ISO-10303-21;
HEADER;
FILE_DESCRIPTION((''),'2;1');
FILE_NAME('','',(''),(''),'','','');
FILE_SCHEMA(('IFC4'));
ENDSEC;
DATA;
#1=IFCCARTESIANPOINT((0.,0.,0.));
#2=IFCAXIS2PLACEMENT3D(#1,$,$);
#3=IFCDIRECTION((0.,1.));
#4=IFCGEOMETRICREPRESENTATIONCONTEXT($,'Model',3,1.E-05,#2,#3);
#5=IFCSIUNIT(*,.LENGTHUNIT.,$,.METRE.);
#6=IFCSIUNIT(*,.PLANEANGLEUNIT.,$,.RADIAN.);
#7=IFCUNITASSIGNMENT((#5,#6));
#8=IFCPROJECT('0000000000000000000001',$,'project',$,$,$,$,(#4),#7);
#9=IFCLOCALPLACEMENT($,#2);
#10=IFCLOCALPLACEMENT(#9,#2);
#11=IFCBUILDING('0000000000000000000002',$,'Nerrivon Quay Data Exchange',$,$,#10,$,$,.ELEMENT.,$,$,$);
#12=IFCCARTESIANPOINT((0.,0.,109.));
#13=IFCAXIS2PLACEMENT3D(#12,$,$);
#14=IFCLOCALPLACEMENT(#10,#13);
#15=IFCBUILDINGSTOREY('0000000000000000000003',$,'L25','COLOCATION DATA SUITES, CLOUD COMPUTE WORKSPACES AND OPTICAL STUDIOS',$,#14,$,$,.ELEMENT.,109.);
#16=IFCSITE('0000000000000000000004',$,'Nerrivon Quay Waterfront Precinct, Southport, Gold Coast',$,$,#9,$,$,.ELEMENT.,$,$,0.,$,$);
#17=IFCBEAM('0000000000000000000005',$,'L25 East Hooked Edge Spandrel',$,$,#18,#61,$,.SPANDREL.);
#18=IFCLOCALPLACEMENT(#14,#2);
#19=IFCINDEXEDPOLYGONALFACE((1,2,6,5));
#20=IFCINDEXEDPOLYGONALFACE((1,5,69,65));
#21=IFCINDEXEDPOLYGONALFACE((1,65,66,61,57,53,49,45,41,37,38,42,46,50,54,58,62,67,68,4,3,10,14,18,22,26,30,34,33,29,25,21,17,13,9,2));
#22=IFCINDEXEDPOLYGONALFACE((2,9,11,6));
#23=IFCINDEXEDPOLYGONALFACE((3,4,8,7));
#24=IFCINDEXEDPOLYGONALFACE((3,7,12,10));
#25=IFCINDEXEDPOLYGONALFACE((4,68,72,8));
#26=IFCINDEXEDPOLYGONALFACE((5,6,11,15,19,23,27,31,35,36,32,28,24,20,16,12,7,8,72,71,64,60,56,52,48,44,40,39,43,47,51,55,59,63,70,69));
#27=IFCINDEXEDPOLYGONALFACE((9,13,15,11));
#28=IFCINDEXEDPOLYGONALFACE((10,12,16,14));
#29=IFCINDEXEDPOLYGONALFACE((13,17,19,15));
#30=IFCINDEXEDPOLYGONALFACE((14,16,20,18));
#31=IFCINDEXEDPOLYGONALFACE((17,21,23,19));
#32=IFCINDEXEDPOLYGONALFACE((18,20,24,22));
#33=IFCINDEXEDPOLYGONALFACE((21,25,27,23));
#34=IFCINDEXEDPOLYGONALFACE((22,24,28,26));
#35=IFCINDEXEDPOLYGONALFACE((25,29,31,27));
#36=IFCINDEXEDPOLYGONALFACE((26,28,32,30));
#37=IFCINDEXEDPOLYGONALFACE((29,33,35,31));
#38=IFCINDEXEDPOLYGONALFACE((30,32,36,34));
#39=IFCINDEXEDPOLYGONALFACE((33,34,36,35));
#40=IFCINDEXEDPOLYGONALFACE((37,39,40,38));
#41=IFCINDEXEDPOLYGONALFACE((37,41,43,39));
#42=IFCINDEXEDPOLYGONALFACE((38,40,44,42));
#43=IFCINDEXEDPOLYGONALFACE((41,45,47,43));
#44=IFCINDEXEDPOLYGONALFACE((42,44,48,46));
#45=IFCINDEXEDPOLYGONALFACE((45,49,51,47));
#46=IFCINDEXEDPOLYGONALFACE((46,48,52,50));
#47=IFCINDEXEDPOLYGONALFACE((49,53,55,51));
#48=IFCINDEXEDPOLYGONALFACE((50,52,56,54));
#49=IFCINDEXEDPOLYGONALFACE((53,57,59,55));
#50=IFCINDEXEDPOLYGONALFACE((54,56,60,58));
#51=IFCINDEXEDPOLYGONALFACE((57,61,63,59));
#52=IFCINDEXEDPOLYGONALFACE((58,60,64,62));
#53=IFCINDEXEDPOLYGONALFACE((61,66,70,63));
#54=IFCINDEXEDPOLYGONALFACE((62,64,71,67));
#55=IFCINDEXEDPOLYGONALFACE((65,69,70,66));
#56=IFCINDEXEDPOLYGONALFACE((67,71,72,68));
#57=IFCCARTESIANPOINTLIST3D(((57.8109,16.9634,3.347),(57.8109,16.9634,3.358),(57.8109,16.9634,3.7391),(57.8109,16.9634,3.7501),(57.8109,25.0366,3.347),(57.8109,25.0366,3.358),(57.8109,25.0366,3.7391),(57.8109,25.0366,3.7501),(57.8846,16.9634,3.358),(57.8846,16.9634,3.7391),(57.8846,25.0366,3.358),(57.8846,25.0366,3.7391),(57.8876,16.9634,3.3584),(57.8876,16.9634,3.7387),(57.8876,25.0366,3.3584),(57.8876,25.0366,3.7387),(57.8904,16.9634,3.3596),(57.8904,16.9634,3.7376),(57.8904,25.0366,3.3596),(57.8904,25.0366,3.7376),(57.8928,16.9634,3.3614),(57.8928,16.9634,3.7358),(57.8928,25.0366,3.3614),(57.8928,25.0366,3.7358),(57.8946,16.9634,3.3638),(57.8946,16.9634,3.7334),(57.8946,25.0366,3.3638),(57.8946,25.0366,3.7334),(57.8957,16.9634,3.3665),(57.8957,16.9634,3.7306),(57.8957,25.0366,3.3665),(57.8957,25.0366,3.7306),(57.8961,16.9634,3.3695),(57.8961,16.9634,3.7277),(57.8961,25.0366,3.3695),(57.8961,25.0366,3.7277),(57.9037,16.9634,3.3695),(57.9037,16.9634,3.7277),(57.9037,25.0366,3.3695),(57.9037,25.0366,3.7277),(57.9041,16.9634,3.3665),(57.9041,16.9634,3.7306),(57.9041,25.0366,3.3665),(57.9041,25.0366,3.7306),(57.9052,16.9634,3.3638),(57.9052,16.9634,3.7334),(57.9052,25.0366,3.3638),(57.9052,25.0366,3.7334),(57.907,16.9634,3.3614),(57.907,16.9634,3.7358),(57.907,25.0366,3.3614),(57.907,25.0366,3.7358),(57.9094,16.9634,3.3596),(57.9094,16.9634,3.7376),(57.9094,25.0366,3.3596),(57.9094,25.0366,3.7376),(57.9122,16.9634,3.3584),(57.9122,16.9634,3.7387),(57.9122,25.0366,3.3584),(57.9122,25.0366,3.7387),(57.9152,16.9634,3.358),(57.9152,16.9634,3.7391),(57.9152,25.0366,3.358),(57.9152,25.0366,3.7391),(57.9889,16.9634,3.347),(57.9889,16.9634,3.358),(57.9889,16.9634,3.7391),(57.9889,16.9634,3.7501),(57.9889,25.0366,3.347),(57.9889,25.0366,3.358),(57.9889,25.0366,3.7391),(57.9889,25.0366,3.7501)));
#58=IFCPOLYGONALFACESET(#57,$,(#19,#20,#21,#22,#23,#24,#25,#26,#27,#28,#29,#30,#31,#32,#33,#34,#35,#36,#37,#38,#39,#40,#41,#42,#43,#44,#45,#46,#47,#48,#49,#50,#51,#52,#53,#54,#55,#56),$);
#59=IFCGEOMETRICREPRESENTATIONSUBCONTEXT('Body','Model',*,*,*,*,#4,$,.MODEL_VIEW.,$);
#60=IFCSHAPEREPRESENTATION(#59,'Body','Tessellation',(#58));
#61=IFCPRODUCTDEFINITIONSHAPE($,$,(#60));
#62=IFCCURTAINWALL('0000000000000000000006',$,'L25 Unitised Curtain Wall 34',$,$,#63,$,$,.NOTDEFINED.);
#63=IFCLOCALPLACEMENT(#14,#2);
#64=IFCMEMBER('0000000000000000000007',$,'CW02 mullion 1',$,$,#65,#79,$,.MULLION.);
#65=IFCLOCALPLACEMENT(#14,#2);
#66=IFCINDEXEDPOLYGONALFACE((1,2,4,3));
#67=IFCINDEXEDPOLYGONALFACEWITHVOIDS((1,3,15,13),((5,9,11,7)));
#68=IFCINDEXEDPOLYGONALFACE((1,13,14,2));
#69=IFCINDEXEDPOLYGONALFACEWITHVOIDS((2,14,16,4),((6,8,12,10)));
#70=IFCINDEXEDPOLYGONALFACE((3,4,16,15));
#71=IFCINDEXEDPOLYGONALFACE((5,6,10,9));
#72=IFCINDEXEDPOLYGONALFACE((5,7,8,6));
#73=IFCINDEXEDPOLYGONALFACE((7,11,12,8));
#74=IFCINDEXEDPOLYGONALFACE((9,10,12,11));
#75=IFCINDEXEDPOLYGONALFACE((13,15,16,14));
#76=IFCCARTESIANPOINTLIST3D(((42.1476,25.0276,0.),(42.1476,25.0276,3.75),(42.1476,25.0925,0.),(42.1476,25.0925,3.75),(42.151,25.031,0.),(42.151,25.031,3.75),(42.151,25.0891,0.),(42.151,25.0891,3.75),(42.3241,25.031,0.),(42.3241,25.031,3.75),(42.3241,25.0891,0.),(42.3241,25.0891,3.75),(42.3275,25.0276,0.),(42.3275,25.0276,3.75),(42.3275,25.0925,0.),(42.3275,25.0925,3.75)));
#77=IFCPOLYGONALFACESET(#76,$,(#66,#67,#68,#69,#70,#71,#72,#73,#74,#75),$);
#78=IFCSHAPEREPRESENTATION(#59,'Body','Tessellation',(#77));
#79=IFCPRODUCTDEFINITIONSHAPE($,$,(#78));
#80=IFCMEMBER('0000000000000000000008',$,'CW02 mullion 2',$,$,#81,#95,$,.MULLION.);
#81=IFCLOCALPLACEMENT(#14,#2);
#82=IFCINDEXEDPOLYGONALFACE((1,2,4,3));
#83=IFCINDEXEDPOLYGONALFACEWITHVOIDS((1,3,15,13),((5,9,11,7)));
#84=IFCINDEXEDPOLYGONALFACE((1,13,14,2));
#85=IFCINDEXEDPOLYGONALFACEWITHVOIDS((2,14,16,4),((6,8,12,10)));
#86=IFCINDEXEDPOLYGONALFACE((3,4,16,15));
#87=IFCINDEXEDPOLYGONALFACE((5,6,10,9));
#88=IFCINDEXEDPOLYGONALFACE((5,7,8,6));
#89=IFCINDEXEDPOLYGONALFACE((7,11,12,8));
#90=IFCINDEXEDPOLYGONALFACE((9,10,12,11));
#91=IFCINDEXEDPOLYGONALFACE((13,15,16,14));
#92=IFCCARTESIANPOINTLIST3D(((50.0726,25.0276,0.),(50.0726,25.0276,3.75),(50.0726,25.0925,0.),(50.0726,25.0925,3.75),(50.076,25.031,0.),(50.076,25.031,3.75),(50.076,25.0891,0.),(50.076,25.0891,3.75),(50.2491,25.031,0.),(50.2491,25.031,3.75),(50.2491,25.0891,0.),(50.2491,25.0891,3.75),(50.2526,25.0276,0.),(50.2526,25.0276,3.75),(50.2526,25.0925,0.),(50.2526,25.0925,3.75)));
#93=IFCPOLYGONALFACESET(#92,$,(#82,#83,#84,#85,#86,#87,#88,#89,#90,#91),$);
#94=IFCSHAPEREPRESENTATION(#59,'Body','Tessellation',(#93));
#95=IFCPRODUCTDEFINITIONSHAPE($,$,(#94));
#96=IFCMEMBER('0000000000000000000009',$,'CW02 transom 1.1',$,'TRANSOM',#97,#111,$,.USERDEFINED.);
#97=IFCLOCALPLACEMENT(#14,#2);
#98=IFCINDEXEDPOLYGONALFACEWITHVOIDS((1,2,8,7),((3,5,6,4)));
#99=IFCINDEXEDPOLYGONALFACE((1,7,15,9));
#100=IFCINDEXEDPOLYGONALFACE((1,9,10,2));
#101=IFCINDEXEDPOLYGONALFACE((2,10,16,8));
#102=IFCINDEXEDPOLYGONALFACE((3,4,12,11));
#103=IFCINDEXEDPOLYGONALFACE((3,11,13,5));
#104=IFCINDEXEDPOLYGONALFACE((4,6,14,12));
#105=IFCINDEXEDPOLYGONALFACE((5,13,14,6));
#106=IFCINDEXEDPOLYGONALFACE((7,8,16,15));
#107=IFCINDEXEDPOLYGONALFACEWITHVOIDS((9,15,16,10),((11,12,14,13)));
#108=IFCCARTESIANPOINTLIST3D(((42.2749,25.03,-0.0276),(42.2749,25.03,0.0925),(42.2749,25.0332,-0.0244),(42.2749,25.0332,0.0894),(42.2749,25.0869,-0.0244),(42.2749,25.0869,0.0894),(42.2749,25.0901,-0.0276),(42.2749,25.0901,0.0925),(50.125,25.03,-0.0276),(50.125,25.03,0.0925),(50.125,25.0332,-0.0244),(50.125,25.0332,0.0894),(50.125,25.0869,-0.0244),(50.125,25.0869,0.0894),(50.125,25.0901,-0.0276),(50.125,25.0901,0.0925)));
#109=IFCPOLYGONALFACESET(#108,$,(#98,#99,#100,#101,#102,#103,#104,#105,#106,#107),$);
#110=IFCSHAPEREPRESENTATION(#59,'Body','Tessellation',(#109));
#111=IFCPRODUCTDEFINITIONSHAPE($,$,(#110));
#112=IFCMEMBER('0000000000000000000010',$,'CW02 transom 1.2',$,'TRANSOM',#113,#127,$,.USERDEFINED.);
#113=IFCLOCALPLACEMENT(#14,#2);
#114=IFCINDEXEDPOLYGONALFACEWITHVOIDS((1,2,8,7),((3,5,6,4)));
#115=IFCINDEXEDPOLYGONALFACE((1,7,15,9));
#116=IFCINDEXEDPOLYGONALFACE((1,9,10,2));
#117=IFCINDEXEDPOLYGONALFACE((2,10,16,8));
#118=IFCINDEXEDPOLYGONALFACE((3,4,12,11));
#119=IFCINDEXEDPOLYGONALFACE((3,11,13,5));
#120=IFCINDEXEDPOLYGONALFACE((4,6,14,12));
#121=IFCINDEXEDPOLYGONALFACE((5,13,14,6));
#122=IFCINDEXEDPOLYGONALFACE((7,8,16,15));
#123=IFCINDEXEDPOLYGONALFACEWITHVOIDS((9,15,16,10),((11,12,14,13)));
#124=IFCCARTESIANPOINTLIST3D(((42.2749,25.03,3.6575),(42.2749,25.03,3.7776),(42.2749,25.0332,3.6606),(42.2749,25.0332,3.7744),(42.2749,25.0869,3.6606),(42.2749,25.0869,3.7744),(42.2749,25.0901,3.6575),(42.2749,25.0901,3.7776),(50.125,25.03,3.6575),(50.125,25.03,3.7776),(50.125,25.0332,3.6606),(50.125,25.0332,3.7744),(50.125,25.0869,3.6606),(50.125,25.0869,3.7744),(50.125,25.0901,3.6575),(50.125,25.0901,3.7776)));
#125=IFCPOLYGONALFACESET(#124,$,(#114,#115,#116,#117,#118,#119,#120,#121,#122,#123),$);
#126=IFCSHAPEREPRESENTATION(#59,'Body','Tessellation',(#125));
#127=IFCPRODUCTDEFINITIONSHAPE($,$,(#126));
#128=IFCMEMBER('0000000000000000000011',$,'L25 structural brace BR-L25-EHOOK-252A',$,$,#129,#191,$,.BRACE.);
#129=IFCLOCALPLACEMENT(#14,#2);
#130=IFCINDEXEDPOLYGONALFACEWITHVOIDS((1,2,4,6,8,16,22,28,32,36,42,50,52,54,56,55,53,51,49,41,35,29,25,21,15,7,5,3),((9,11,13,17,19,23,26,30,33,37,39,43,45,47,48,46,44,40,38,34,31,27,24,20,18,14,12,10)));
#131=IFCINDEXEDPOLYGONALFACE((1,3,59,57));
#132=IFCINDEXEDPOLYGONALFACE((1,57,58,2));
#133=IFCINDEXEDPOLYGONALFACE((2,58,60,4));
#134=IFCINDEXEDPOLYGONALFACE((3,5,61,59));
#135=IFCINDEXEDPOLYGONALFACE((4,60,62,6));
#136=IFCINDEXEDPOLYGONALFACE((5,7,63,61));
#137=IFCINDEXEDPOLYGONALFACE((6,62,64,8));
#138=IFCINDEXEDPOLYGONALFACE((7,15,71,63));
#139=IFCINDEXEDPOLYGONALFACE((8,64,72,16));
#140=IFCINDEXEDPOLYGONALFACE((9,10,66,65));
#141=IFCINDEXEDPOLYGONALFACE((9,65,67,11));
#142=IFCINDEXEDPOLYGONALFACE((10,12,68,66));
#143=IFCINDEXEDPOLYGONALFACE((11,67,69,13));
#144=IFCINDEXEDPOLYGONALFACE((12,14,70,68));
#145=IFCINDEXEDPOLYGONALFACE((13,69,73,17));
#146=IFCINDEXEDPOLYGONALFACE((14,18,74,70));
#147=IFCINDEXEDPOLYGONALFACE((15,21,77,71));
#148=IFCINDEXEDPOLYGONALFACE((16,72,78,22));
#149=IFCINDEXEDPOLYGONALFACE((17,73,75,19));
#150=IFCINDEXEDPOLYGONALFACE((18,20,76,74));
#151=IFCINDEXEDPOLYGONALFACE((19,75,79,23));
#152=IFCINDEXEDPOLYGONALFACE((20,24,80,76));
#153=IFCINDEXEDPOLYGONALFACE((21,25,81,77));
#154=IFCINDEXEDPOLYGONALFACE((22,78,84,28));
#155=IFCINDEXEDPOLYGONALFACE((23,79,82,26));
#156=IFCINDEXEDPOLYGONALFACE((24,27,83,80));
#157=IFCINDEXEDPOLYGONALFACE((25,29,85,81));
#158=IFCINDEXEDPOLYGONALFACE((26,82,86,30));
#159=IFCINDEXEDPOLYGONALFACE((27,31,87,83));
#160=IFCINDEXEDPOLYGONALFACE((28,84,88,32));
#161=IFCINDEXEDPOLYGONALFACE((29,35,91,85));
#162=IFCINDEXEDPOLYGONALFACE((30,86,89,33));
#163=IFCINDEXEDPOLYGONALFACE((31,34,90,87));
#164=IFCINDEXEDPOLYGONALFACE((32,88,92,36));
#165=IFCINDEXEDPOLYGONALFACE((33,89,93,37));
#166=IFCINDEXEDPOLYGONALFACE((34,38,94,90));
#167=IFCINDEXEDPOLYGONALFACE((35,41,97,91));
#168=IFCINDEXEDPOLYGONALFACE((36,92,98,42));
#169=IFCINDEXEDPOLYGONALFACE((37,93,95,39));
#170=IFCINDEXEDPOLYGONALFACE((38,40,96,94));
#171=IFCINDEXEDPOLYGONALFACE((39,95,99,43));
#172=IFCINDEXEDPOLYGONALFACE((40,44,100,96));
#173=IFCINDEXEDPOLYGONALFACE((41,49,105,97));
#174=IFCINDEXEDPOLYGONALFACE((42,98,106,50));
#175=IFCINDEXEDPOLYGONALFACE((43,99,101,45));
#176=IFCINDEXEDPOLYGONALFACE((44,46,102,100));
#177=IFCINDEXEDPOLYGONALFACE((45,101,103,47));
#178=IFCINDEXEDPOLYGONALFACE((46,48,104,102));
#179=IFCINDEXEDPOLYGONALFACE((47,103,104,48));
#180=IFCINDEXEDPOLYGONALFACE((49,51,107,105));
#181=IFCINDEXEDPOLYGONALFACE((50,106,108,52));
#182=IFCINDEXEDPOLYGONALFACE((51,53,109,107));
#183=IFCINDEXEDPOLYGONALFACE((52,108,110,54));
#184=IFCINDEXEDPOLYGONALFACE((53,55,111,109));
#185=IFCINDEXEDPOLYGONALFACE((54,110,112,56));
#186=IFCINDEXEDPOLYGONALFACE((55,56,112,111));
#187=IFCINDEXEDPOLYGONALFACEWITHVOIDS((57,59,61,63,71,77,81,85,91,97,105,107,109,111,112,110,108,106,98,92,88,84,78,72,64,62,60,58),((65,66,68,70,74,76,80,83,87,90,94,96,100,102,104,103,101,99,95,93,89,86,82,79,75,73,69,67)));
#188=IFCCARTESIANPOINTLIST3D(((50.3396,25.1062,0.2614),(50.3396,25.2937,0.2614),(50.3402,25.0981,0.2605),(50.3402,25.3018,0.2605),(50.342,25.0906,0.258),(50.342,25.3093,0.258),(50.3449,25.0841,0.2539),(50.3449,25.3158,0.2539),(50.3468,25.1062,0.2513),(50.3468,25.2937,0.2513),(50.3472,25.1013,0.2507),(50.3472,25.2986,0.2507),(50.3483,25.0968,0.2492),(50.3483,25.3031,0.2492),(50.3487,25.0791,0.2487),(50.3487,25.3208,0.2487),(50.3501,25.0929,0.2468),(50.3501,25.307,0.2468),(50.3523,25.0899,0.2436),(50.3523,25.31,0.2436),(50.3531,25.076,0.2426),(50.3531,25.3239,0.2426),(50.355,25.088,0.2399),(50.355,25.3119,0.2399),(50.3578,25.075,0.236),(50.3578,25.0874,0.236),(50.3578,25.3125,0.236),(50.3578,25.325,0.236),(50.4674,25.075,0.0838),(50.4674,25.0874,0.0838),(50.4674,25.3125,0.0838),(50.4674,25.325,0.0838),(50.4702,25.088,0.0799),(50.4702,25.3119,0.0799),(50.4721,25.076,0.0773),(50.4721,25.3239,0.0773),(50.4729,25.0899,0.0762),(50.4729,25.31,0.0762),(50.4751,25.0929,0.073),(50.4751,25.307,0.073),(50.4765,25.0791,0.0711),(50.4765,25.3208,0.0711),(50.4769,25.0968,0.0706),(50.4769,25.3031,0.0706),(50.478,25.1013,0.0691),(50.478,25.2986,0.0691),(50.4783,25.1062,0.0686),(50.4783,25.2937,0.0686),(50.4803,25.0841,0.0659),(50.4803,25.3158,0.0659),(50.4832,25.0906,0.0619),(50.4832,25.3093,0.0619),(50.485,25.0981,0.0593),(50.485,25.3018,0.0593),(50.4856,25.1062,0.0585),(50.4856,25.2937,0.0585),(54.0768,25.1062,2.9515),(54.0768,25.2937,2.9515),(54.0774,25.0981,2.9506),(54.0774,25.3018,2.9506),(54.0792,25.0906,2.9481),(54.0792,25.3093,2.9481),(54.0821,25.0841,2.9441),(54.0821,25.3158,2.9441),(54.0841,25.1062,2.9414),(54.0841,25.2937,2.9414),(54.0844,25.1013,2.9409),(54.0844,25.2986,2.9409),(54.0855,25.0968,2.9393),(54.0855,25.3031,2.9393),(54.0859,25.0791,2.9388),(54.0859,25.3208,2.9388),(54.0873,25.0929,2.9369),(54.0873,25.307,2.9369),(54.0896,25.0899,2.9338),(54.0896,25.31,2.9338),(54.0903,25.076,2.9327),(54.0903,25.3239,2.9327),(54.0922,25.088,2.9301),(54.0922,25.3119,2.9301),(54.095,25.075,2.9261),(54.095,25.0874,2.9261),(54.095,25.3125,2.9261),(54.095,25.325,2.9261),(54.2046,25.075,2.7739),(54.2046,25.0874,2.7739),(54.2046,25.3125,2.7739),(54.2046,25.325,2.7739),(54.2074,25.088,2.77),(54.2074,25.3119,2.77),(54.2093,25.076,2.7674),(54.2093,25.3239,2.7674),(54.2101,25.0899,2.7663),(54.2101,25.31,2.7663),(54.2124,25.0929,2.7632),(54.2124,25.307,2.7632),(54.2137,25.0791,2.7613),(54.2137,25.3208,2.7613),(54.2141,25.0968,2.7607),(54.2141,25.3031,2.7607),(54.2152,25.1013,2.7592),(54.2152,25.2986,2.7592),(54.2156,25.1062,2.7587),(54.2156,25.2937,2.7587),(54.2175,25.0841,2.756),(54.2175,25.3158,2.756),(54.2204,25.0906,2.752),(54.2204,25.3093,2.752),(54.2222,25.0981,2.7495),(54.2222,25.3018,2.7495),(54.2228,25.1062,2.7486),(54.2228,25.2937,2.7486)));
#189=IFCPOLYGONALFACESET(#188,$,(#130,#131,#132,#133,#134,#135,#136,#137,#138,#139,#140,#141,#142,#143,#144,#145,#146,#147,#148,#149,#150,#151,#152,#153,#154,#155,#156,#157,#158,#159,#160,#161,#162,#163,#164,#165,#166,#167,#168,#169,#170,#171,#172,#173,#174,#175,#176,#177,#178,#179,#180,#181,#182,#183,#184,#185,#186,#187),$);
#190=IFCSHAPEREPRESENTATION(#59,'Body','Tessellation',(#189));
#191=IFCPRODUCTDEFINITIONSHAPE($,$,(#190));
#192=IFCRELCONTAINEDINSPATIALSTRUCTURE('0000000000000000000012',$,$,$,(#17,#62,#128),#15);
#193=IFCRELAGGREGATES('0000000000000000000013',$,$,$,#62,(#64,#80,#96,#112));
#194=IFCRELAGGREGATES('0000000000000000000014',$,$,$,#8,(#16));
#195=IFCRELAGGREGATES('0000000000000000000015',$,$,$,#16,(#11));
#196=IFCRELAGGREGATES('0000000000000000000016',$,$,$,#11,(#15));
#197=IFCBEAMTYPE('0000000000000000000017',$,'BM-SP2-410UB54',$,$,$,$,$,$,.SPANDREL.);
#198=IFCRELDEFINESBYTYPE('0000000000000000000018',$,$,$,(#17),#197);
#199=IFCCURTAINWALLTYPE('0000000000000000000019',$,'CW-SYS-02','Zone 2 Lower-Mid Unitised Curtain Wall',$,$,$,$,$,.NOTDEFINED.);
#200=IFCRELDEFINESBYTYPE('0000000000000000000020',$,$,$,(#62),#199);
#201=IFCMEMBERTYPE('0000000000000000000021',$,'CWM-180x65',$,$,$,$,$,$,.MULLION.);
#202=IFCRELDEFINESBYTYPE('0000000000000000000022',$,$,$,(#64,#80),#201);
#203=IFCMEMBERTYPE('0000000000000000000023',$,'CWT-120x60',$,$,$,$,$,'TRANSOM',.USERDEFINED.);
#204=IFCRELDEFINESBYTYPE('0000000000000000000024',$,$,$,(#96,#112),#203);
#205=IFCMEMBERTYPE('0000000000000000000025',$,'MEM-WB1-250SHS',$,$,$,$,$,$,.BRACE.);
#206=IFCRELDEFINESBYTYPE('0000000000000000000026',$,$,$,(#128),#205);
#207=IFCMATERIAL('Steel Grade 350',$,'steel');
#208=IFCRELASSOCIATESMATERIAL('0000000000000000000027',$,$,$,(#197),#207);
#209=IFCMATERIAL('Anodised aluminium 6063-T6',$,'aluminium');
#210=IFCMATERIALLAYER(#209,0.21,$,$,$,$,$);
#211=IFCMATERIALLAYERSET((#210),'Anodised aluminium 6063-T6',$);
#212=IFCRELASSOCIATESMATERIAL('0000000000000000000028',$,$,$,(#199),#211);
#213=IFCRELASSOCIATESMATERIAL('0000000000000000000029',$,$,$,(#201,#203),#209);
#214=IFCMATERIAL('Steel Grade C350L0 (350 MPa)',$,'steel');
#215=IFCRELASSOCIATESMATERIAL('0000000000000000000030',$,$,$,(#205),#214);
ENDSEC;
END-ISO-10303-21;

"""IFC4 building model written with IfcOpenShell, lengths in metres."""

from ifc_helpers import new_model, si_unit, direction, frame, origin, origin_2d, place, context, subcontext, project, spatial, hollow_rectangle, i_section, extrude, material, layer, layer_set, material_profile, profile_set, type_object, element, aggregate, save


model = new_model("IFC4")

# Units and contexts
model_context = context("Model", 3, precision=1e-05, world=origin(), true_north=direction((0.0, 1.0)))
body_context = subcontext(model_context, "Body", "Model", "MODEL_VIEW")
ifc_project = project(units=[si_unit("LENGTHUNIT", "METRE"), si_unit("PLANEANGLEUNIT", "RADIAN")], contexts=[model_context])

# Site, building, storey
site_placement = place(None, origin())
site = spatial("IfcSite", under=ifc_project, at=site_placement, Name="Nerrivon Quay Waterfront Precinct, Southport, Gold Coast", CompositionType="ELEMENT", RefElevation=0.0)
building_placement = place(site_placement, origin())
building = spatial("IfcBuilding", under=site, at=building_placement, Name="Nerrivon Quay Data Exchange", CompositionType="ELEMENT")
storey_placement = place(building_placement, frame((0.0, 0.0, 109.0)))
storey = spatial("IfcBuildingStorey", under=building, at=storey_placement, Name="L25", Description="COLOCATION DATA SUITES, CLOUD COMPUTE WORKSPACES AND OPTICAL STUDIOS", CompositionType="ELEMENT", Elevation=109.0)

# Shared definitions
ifc_material_1 = material(Name="Steel Grade 350", Category="steel")

# Beam
ifc_material_profile_1 = material_profile(ifc_material_1, i_section(OverallWidth=0.178, OverallDepth=0.4031, WebThickness=0.0076, FlangeThickness=0.011, FilletRadius=0.0115, at=origin_2d()), Name="410UB53.7")
ifc_profile_set_1 = profile_set([ifc_material_profile_1], Name="Steel Grade 350")
beam_type_1 = type_object("IfcBeamType", Name="BM-SP2-410UB54", PredefinedType="SPANDREL", material=ifc_profile_set_1)
beam_1_placement = place(storey_placement, frame((57.8999, 16.9634, 3.5486), z_axis=(0.0, 1.0, 0.0), x_axis=(-1.0, 0.0, 0.0)))
element("IfcBeam", 1, at=beam_1_placement, inside=storey, type_object=beam_type_1, Name="L25 East Hooked Edge Spandrel", PredefinedType="SPANDREL", context=body_context, shape_type="SweptSolid", body=[
    extrude(i_section(OverallWidth=0.178, OverallDepth=0.4031, WebThickness=0.0076, FlangeThickness=0.011, FilletRadius=0.0115, at=origin_2d()), origin(), (0.0, 0.0, 1.0), 8.0732),
])

# Curtain wall, members
ifc_material_2 = material(Name="Anodised aluminium 6063-T6", Category="aluminium")
ifc_layer_1 = layer(ifc_material_2, 0.21)
ifc_layer_set_1 = layer_set([ifc_layer_1], Name="Anodised aluminium 6063-T6")
curtain_wall_type = type_object("IfcCurtainWallType", Name="CW-SYS-02", Description="Zone 2 Lower-Mid Unitised Curtain Wall", PredefinedType="NOTDEFINED", material=ifc_layer_set_1)
curtain_wall_placement = place(storey_placement, origin())
curtain_wall = element("IfcCurtainWall", 2, at=curtain_wall_placement, inside=storey, type_object=curtain_wall_type, Name="L25 Unitised Curtain Wall 34", PredefinedType="NOTDEFINED")
ifc_material_profile_2 = material_profile(ifc_material_2, hollow_rectangle(XDim=0.0649, YDim=0.1799, WallThickness=0.0034, at=origin_2d()), Name="ALU-MULL-180x65")
ifc_profile_set_2 = profile_set([ifc_material_profile_2], Name="Anodised aluminium 6063-T6")
member_type_1 = type_object("IfcMemberType", Name="CWM-180x65", PredefinedType="MULLION", material=ifc_profile_set_2)
member_1_placement = place(storey_placement, frame((42.2375, 25.0601, 0.0), z_axis=(0.0, 0.0, 1.0), x_axis=(0.0, 1.0, 0.0)))
member_1 = element("IfcMember", 3, at=member_1_placement, type_object=member_type_1, Name="CW02 mullion 1", PredefinedType="MULLION", context=body_context, shape_type="SweptSolid", body=[
    extrude(hollow_rectangle(XDim=0.0649, YDim=0.1799, WallThickness=0.0034, at=origin_2d()), origin(), (0.0, 0.0, 1.0), 3.75),
])
member_2_placement = place(storey_placement, frame((50.1626, 25.0601, 0.0), z_axis=(0.0, 0.0, 1.0), x_axis=(0.0, 1.0, 0.0)))
member_2 = element("IfcMember", 4, at=member_2_placement, type_object=member_type_1, Name="CW02 mullion 2", PredefinedType="MULLION", context=body_context, shape_type="SweptSolid", body=[
    extrude(hollow_rectangle(XDim=0.0649, YDim=0.1799, WallThickness=0.0034, at=origin_2d()), origin(), (0.0, 0.0, 1.0), 3.75),
])
ifc_material_profile_3 = material_profile(ifc_material_2, hollow_rectangle(XDim=0.0601, YDim=0.1201, WallThickness=0.0032, at=origin_2d()), Name="ALU-TRAN-120x60")
ifc_profile_set_3 = profile_set([ifc_material_profile_3], Name="Anodised aluminium 6063-T6")
member_type_2 = type_object("IfcMemberType", Name="CWT-120x60", ElementType="TRANSOM", PredefinedType="USERDEFINED", material=ifc_profile_set_3)
member_3_placement = place(storey_placement, frame((42.2749, 25.0601, 0.0325), z_axis=(1.0, 0.0, 0.0), x_axis=(0.0, 1.0, 0.0)))
member_3 = element("IfcMember", 5, at=member_3_placement, type_object=member_type_2, Name="CW02 transom 1.1", ObjectType="TRANSOM", PredefinedType="USERDEFINED", context=body_context, shape_type="SweptSolid", body=[
    extrude(hollow_rectangle(XDim=0.0601, YDim=0.1201, WallThickness=0.0032, at=origin_2d()), origin(), (0.0, 0.0, 1.0), 7.8501),
])
member_4_placement = place(storey_placement, frame((42.2749, 25.0601, 3.7175), z_axis=(1.0, 0.0, 0.0), x_axis=(0.0, 1.0, 0.0)))
member_4 = element("IfcMember", 6, at=member_4_placement, type_object=member_type_2, Name="CW02 transom 1.2", ObjectType="TRANSOM", PredefinedType="USERDEFINED", context=body_context, shape_type="SweptSolid", body=[
    extrude(hollow_rectangle(XDim=0.0601, YDim=0.1201, WallThickness=0.0032, at=origin_2d()), origin(), (0.0, 0.0, 1.0), 7.8501),
])

# Member
ifc_material_3 = material(Name="Steel Grade C350L0 (350 MPa)", Category="steel")
ifc_material_profile_4 = material_profile(ifc_material_3, hollow_rectangle(XDim=0.25, YDim=0.25, WallThickness=0.0125, InnerFilletRadius=0.0188, OuterFilletRadius=0.0312, at=origin_2d()), Name="250x250x12.5SHS")
ifc_profile_set_4 = profile_set([ifc_material_profile_4], Name="Steel Grade C350L0 (350 MPa)")
member_type_3 = type_object("IfcMemberType", Name="MEM-WB1-250SHS", PredefinedType="BRACE", material=ifc_profile_set_4)
member_5_placement = place(storey_placement, frame((50.4126, 25.2, 0.1599), z_axis=(0.811604, 0.0, 0.584208), x_axis=(0.0, 1.0, 0.0)))
element("IfcMember", 7, at=member_5_placement, inside=storey, type_object=member_type_3, Name="L25 structural brace BR-L25-EHOOK-252A", PredefinedType="BRACE", context=body_context, shape_type="SweptSolid", body=[
    extrude(hollow_rectangle(XDim=0.25, YDim=0.25, WallThickness=0.0125, InnerFilletRadius=0.0188, OuterFilletRadius=0.0312, at=origin_2d()), origin(), (0.0, 0.0, 1.0), 4.6047),
])

aggregate(curtain_wall, [member_1, member_2, member_3, member_4])

save(model, "model.ifc")
